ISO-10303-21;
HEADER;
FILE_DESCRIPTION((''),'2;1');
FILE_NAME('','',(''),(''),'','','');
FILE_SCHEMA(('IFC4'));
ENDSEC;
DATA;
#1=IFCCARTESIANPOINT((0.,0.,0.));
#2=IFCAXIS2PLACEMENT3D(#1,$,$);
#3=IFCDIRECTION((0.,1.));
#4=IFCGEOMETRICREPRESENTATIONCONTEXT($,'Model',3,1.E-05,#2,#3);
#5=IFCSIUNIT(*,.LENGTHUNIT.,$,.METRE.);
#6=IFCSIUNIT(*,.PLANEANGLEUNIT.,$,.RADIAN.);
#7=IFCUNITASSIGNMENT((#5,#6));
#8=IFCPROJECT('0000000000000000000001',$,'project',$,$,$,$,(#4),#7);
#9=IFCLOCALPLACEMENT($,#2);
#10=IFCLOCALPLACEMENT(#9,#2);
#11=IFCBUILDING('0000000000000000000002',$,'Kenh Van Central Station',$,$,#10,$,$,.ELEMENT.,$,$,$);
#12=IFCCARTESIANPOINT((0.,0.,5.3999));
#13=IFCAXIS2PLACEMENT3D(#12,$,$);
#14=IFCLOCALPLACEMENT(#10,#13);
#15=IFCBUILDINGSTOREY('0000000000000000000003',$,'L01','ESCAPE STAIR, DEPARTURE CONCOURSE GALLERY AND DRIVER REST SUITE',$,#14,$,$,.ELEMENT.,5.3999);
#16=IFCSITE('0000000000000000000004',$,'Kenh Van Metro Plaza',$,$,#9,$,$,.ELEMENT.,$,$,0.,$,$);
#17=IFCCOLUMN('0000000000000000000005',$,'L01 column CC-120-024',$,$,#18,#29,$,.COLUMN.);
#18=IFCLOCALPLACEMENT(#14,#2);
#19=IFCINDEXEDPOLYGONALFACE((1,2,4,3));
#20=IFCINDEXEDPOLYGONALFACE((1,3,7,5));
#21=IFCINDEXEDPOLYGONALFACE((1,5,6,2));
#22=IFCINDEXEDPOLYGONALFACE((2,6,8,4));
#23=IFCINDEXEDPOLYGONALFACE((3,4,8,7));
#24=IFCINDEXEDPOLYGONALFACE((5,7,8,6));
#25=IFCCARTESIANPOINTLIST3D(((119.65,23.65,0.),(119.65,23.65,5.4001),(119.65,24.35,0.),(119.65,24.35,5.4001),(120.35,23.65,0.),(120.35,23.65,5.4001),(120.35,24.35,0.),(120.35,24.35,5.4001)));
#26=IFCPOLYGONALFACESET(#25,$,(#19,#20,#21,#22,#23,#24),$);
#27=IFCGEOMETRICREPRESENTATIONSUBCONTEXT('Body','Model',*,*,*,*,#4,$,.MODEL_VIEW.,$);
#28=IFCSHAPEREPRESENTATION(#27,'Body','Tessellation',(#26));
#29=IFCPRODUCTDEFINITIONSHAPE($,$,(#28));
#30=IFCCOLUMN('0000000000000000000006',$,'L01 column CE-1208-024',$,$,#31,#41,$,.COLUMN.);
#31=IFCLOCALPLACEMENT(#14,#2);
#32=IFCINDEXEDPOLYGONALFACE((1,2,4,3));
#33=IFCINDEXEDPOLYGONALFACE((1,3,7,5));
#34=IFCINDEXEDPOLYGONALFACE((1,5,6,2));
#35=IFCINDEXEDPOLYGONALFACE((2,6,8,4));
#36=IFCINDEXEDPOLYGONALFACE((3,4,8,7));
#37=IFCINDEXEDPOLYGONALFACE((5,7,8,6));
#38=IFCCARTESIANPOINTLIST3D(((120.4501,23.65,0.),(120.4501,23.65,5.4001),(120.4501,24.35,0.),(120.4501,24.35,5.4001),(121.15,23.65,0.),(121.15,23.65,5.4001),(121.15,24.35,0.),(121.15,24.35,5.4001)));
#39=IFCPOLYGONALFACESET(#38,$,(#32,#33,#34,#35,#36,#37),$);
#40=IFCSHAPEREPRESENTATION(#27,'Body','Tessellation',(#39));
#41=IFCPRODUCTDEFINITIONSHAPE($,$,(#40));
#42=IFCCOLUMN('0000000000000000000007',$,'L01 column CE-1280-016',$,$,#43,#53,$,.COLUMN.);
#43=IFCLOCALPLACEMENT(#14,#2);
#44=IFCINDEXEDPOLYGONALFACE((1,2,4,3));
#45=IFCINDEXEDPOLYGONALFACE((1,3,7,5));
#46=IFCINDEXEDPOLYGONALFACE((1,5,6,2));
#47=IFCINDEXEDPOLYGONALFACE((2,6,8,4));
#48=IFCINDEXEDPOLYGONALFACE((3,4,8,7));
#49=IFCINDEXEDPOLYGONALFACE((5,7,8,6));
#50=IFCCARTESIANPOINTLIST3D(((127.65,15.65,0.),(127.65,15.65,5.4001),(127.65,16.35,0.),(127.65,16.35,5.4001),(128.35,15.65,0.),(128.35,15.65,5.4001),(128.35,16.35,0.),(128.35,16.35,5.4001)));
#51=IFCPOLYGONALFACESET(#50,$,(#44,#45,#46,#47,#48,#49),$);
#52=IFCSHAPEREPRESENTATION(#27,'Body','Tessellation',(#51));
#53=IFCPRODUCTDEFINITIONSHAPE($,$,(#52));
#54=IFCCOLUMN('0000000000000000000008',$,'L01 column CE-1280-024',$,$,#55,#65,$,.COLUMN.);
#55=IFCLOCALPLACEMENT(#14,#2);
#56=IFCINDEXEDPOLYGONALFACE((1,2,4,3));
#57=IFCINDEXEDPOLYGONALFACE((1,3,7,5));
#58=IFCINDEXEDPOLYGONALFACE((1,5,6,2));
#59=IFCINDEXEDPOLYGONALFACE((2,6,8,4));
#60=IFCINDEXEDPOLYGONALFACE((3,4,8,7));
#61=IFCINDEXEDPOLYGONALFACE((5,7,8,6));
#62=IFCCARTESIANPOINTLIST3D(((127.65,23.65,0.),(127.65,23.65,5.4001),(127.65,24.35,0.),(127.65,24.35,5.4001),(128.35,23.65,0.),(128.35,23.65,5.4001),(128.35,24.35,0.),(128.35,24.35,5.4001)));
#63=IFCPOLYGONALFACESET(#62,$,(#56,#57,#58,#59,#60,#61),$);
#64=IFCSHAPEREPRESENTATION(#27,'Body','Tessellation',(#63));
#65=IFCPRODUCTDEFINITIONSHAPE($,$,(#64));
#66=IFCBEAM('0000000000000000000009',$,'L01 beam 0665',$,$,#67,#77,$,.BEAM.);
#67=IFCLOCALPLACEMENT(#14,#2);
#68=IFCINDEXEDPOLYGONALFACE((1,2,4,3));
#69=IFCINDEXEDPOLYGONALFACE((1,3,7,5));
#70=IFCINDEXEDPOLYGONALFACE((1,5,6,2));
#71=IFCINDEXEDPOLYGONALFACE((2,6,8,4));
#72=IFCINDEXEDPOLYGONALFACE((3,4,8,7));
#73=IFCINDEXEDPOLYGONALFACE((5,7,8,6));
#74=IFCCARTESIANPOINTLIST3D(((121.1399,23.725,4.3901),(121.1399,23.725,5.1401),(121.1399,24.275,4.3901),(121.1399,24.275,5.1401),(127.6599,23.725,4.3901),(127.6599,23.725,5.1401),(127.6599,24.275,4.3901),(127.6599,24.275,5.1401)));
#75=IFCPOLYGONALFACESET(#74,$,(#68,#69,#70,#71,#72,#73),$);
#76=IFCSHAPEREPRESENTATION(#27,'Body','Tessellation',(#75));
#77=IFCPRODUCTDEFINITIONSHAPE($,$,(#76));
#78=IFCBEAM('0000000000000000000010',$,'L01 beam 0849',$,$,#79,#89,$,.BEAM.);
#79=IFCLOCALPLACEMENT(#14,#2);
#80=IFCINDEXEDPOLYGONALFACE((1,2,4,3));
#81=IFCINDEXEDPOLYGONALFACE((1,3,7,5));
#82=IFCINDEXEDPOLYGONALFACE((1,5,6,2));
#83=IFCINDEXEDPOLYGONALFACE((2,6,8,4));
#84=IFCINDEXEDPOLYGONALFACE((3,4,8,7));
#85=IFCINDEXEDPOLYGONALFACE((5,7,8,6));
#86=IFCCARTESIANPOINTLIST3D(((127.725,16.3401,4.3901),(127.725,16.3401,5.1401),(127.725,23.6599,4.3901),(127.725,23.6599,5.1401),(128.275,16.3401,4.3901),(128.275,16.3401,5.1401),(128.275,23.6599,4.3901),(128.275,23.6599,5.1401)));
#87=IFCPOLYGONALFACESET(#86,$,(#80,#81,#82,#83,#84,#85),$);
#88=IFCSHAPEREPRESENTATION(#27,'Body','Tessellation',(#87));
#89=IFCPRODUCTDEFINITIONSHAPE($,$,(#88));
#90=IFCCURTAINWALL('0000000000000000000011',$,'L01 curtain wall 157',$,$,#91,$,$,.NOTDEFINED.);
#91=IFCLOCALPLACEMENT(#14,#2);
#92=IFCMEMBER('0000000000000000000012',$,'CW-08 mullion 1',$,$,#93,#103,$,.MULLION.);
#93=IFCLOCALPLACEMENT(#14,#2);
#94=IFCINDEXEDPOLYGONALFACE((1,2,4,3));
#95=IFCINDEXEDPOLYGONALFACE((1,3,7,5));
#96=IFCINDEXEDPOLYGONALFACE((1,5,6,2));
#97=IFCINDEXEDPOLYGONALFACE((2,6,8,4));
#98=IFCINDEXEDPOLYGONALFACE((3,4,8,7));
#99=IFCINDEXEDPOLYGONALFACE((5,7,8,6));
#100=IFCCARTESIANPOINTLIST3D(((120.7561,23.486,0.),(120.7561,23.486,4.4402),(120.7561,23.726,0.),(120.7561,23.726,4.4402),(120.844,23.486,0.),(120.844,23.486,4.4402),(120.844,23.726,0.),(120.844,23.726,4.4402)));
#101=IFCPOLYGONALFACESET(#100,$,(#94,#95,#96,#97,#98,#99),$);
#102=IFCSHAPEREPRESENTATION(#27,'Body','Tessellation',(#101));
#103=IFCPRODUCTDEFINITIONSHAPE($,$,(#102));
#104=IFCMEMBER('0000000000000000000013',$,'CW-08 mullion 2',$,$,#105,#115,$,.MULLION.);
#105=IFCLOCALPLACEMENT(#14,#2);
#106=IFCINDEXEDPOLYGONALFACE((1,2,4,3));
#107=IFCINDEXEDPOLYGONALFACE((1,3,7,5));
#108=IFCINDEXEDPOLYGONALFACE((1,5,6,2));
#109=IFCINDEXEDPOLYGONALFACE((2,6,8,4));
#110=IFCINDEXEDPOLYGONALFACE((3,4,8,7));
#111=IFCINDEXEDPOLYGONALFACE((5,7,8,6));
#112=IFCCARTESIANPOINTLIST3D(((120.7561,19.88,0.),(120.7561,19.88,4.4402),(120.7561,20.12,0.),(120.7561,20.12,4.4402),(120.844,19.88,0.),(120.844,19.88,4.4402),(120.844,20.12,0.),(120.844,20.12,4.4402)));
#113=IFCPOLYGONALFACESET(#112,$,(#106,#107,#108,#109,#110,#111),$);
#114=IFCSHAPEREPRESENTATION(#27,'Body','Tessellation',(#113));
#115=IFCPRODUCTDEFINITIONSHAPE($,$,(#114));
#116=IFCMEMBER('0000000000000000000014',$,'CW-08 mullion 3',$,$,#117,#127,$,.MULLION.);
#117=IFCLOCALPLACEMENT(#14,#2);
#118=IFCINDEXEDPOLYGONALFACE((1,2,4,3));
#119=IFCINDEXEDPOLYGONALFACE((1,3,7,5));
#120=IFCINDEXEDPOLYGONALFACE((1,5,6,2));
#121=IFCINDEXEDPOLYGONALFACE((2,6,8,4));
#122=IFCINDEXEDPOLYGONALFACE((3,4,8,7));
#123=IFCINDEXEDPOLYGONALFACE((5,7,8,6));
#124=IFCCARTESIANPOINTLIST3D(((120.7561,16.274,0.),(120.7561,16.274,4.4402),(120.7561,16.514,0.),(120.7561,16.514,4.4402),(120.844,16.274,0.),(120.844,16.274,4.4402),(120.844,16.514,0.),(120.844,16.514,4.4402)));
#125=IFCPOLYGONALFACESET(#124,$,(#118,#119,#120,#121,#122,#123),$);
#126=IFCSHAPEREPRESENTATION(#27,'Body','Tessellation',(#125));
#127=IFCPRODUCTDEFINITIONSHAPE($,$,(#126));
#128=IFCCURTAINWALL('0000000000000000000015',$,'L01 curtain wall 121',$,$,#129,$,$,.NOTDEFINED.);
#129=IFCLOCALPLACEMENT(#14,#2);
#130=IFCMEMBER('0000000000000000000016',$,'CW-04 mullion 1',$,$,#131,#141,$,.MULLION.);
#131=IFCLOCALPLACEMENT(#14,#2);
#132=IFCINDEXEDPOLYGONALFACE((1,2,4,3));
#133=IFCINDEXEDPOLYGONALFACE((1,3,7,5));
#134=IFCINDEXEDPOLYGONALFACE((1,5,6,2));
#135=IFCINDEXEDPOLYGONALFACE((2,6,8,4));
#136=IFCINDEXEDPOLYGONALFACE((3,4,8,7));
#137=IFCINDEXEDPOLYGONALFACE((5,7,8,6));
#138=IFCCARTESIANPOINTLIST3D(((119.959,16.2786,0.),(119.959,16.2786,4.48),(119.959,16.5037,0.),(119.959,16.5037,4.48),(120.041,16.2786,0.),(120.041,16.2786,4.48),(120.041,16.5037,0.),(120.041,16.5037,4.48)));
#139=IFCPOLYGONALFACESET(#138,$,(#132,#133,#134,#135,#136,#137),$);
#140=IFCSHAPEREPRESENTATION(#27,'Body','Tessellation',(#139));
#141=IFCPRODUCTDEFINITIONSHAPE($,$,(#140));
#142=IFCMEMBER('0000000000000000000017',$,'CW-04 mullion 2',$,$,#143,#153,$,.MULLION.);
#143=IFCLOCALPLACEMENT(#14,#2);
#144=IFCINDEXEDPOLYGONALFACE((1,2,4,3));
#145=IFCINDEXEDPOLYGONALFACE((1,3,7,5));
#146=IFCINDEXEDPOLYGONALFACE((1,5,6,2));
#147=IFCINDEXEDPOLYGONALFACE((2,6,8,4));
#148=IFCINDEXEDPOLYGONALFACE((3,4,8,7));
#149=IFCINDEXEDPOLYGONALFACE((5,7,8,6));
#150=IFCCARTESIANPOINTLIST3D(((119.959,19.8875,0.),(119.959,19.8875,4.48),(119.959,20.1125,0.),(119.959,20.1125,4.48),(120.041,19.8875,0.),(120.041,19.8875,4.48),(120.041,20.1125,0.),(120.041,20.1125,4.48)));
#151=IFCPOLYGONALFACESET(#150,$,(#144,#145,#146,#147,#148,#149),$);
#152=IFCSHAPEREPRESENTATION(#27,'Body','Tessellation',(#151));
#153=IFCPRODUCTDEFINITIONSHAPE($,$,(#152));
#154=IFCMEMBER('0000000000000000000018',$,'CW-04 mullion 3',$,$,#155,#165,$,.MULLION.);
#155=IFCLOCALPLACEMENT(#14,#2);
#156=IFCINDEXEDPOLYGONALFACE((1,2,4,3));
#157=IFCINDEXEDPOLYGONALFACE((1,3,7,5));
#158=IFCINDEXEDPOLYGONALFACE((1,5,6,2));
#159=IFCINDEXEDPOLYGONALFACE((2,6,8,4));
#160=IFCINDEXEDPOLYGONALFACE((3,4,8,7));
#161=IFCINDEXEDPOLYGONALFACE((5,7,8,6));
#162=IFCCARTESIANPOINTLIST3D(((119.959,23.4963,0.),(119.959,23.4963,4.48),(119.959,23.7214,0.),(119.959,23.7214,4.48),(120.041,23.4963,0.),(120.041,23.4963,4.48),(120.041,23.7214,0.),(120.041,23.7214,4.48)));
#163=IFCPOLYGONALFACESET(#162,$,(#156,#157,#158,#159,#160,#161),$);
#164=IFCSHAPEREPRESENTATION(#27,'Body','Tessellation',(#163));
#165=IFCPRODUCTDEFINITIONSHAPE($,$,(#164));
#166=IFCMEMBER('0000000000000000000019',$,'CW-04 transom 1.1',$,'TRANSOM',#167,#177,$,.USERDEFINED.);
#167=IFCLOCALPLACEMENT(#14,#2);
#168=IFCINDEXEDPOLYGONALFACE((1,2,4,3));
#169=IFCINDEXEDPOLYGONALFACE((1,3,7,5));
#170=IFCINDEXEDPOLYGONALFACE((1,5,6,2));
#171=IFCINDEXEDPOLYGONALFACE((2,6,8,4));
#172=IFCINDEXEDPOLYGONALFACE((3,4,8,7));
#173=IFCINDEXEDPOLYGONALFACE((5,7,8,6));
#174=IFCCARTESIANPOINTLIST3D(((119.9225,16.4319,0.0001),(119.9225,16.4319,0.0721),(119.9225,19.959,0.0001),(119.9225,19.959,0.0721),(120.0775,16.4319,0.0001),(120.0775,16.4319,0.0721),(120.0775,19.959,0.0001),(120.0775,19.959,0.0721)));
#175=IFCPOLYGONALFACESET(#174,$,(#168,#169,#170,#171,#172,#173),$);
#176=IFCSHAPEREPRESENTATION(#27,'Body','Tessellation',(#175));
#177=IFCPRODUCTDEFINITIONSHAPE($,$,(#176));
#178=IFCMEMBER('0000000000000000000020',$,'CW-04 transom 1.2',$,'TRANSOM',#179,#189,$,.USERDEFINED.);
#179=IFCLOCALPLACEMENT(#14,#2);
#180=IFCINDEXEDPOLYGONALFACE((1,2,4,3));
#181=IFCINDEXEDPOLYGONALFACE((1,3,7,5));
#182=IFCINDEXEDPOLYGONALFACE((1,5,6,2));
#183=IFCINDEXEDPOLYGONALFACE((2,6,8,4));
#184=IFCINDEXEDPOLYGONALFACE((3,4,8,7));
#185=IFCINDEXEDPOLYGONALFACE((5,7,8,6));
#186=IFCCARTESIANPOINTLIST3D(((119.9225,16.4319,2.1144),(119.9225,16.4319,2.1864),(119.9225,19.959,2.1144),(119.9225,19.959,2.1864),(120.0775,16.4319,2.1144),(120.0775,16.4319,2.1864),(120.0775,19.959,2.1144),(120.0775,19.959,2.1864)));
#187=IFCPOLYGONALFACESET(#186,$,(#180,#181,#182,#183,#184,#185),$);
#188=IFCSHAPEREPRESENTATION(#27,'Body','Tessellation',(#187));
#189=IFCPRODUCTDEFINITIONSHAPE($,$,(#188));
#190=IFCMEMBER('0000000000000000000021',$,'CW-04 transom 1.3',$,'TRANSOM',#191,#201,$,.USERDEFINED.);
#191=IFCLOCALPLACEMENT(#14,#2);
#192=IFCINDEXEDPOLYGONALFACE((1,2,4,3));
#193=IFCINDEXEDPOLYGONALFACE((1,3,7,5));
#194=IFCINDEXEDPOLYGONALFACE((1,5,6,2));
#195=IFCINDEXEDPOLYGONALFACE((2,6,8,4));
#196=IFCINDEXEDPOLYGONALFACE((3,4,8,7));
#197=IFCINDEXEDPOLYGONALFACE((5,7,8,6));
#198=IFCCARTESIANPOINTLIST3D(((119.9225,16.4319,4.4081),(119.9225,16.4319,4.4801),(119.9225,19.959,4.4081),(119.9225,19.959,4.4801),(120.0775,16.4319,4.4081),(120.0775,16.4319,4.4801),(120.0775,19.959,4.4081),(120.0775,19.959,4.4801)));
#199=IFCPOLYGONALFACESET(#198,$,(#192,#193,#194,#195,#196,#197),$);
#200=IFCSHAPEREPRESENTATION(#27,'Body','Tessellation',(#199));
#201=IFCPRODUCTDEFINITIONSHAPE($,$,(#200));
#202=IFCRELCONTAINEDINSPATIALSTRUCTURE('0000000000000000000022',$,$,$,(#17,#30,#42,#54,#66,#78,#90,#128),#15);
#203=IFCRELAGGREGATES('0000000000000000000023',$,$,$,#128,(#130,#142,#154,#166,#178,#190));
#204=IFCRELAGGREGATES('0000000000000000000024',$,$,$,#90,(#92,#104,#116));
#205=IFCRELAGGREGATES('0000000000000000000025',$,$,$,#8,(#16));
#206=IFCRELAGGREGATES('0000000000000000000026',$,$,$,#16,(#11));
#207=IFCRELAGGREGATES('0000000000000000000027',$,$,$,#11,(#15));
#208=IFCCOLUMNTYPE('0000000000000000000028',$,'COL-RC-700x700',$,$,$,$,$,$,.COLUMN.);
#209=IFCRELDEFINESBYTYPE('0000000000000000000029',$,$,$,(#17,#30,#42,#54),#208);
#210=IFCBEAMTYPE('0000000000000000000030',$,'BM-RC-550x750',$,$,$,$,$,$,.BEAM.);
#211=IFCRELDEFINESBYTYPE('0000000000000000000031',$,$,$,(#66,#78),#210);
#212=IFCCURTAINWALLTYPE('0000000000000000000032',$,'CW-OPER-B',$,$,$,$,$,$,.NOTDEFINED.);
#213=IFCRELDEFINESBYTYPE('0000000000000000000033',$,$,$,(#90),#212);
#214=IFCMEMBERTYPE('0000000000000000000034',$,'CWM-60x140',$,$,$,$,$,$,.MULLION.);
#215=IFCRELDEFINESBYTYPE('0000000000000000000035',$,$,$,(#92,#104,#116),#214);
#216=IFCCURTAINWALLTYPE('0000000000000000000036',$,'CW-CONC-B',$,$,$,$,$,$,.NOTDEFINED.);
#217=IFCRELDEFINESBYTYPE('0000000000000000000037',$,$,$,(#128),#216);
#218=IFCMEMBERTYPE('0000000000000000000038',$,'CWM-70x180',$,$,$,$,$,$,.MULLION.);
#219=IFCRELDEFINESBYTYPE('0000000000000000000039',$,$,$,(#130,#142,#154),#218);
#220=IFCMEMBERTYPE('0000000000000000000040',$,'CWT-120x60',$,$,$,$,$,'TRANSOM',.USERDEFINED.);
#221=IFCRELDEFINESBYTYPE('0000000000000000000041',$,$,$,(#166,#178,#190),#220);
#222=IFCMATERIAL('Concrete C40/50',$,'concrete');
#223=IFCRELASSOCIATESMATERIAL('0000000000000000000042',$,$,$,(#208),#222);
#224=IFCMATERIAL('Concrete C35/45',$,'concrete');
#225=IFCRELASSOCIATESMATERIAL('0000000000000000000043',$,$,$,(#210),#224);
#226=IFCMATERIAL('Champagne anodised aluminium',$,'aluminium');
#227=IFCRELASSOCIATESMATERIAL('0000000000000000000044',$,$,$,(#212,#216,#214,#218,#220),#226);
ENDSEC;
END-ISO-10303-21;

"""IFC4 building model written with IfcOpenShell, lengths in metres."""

from ifc_helpers import new_model, si_unit, direction, frame, origin, origin_2d, place, context, subcontext, project, spatial, rectangle, extrude, material, material_profile, profile_set, type_object, element, aggregate, save


model = new_model("IFC4")

# Units and contexts
model_context = context("Model", 3, precision=1e-05, world=origin(), true_north=direction((0.0, 1.0)))
body_context = subcontext(model_context, "Body", "Model", "MODEL_VIEW")
ifc_project = project(units=[si_unit("LENGTHUNIT", "METRE"), si_unit("PLANEANGLEUNIT", "RADIAN")], contexts=[model_context])

# Site, building, storey
site_placement = place(None, origin())
site = spatial("IfcSite", under=ifc_project, at=site_placement, Name="Kenh Van Metro Plaza", CompositionType="ELEMENT", RefElevation=0.0)
building_placement = place(site_placement, origin())
building = spatial("IfcBuilding", under=site, at=building_placement, Name="Kenh Van Central Station", CompositionType="ELEMENT")
storey_placement = place(building_placement, frame((0.0, 0.0, 5.3999)))
storey = spatial("IfcBuildingStorey", under=building, at=storey_placement, Name="L01", Description="ESCAPE STAIR, DEPARTURE CONCOURSE GALLERY AND DRIVER REST SUITE", CompositionType="ELEMENT", Elevation=5.3999)

# Columns
ifc_material_1 = material(Name="Concrete C40/50", Category="concrete")
ifc_material_profile_1 = material_profile(ifc_material_1, rectangle(XDim=0.7, YDim=0.7, at=origin_2d()), Name="RC 700x700")
ifc_profile_set_1 = profile_set([ifc_material_profile_1], Name="Concrete C40/50")
column_type = type_object("IfcColumnType", Name="COL-RC-700x700", PredefinedType="COLUMN", material=ifc_profile_set_1)
for number, where, z_axis, x_axis, name in (
    (1, (120.0, 24.0, 0.0), (0.0, 0.0, 1.0), (1.0, 0.0, 0.0), "L01 column CC-120-024"),
    (2, (120.8, 24.0, 0.0), (0.0, 0.0, 1.0), (1.0, 0.0, 0.0), "L01 column CE-1208-024"),
    (3, (128.0, 16.0, 0.0), (0.0, 0.0, 1.0), (1.0, 0.0, 0.0), "L01 column CE-1280-016"),
    (4, (128.0, 24.0, 0.0), (0.0, 0.0, 1.0), (1.0, 0.0, 0.0), "L01 column CE-1280-024"),
):
    element("IfcColumn", number, at=place(storey_placement, frame(where, z_axis=z_axis, x_axis=x_axis)), inside=storey, type_object=column_type, Name=name, PredefinedType="COLUMN", context=body_context, shape_type="SweptSolid", body=[
        extrude(rectangle(XDim=0.7, YDim=0.7, at=origin_2d()), origin(), (0.0, 0.0, 1.0), 5.4001),
    ])

# Beams
ifc_material_2 = material(Name="Concrete C35/45", Category="concrete")
ifc_material_profile_2 = material_profile(ifc_material_2, rectangle(XDim=0.55, YDim=0.75, at=origin_2d()), Name="RC 550x750")
ifc_profile_set_2 = profile_set([ifc_material_profile_2], Name="Concrete C35/45")
beam_type_1 = type_object("IfcBeamType", Name="BM-RC-550x750", PredefinedType="BEAM", material=ifc_profile_set_2)
beam_1_placement = place(storey_placement, frame((121.1399, 24.0, 4.7651), z_axis=(1.0, 0.0, 0.0), x_axis=(0.0, 1.0, 0.0)))
element("IfcBeam", 5, at=beam_1_placement, inside=storey, type_object=beam_type_1, Name="L01 beam 0665", PredefinedType="BEAM", context=body_context, shape_type="SweptSolid", body=[
    extrude(rectangle(XDim=0.55, YDim=0.75, at=origin_2d()), origin(), (0.0, 0.0, 1.0), 6.52),
])
beam_2_placement = place(storey_placement, frame((128.0, 16.3401, 4.7651), z_axis=(0.0, 1.0, 0.0), x_axis=(-1.0, 0.0, 0.0)))
element("IfcBeam", 6, at=beam_2_placement, inside=storey, type_object=beam_type_1, Name="L01 beam 0849", PredefinedType="BEAM", context=body_context, shape_type="SweptSolid", body=[
    extrude(rectangle(XDim=0.55, YDim=0.75, at=origin_2d()), origin(), (0.0, 0.0, 1.0), 7.3198),
])

# Curtain walls, members
ifc_material_3 = material(Name="Champagne anodised aluminium", Category="aluminium")
curtain_wall_type_1 = type_object("IfcCurtainWallType", Name="CW-OPER-B", PredefinedType="NOTDEFINED", material=ifc_material_3)
curtain_wall_1_placement = place(storey_placement, origin())
curtain_wall_1 = element("IfcCurtainWall", 7, at=curtain_wall_1_placement, inside=storey, type_object=curtain_wall_type_1, Name="L01 curtain wall 157", PredefinedType="NOTDEFINED")
ifc_material_profile_3 = material_profile(ifc_material_3, rectangle(XDim=0.0879, YDim=0.24, at=origin_2d()), Name="AL 88x240")
ifc_profile_set_3 = profile_set([ifc_material_profile_3], Name="Champagne anodised aluminium")
member_type_1 = type_object("IfcMemberType", Name="CWM-60x140", PredefinedType="MULLION", material=ifc_profile_set_3)
member_1_placement = place(storey_placement, frame((120.8, 23.606, 0.0), z_axis=(0.0, 0.0, 1.0), x_axis=(1.0, 0.0, 0.0)))
member_1 = element("IfcMember", 8, at=member_1_placement, type_object=member_type_1, Name="CW-08 mullion 1", PredefinedType="MULLION", context=body_context, shape_type="SweptSolid", body=[
    extrude(rectangle(XDim=0.0879, YDim=0.24, at=origin_2d()), origin(), (0.0, 0.0, 1.0), 4.4402),
])
member_2_placement = place(storey_placement, frame((120.8, 20.0, 0.0), z_axis=(0.0, 0.0, 1.0), x_axis=(1.0, 0.0, 0.0)))
member_2 = element("IfcMember", 9, at=member_2_placement, type_object=member_type_1, Name="CW-08 mullion 2", PredefinedType="MULLION", context=body_context, shape_type="SweptSolid", body=[
    extrude(rectangle(XDim=0.0879, YDim=0.24, at=origin_2d()), origin(), (0.0, 0.0, 1.0), 4.4402),
])
member_3_placement = place(storey_placement, frame((120.8, 16.394, 0.0), z_axis=(0.0, 0.0, 1.0), x_axis=(1.0, 0.0, 0.0)))
member_3 = element("IfcMember", 10, at=member_3_placement, type_object=member_type_1, Name="CW-08 mullion 3", PredefinedType="MULLION", context=body_context, shape_type="SweptSolid", body=[
    extrude(rectangle(XDim=0.0879, YDim=0.24, at=origin_2d()), origin(), (0.0, 0.0, 1.0), 4.4402),
])
curtain_wall_type_2 = type_object("IfcCurtainWallType", Name="CW-CONC-B", PredefinedType="NOTDEFINED", material=ifc_material_3)
curtain_wall_2_placement = place(storey_placement, origin())
curtain_wall_2 = element("IfcCurtainWall", 11, at=curtain_wall_2_placement, inside=storey, type_object=curtain_wall_type_2, Name="L01 curtain wall 121", PredefinedType="NOTDEFINED")
ifc_material_profile_4 = material_profile(ifc_material_3, rectangle(XDim=0.082, YDim=0.2251, at=origin_2d()), Name="AL 82x225")
ifc_profile_set_4 = profile_set([ifc_material_profile_4], Name="Champagne anodised aluminium")
member_type_2 = type_object("IfcMemberType", Name="CWM-70x180", PredefinedType="MULLION", material=ifc_profile_set_4)
member_4_placement = place(storey_placement, frame((120.0, 16.3911, 0.0), z_axis=(0.0, 0.0, 1.0), x_axis=(-1.0, 0.0, 0.0)))
member_4 = element("IfcMember", 12, at=member_4_placement, type_object=member_type_2, Name="CW-04 mullion 1", PredefinedType="MULLION", context=body_context, shape_type="SweptSolid", body=[
    extrude(rectangle(XDim=0.082, YDim=0.2251, at=origin_2d()), origin(), (0.0, 0.0, 1.0), 4.48),
])
member_5_placement = place(storey_placement, frame((120.0, 20.0, 0.0), z_axis=(0.0, 0.0, 1.0), x_axis=(-1.0, 0.0, 0.0)))
member_5 = element("IfcMember", 13, at=member_5_placement, type_object=member_type_2, Name="CW-04 mullion 2", PredefinedType="MULLION", context=body_context, shape_type="SweptSolid", body=[
    extrude(rectangle(XDim=0.082, YDim=0.2251, at=origin_2d()), origin(), (0.0, 0.0, 1.0), 4.48),
])
member_6_placement = place(storey_placement, frame((120.0, 23.6089, 0.0), z_axis=(0.0, 0.0, 1.0), x_axis=(-1.0, 0.0, 0.0)))
member_6 = element("IfcMember", 14, at=member_6_placement, type_object=member_type_2, Name="CW-04 mullion 3", PredefinedType="MULLION", context=body_context, shape_type="SweptSolid", body=[
    extrude(rectangle(XDim=0.082, YDim=0.2251, at=origin_2d()), origin(), (0.0, 0.0, 1.0), 4.48),
])
ifc_material_profile_5 = material_profile(ifc_material_3, rectangle(XDim=0.155, YDim=0.072, at=origin_2d()), Name="AL 155x72")
ifc_profile_set_5 = profile_set([ifc_material_profile_5], Name="Champagne anodised aluminium")
member_type_3 = type_object("IfcMemberType", Name="CWT-120x60", ElementType="TRANSOM", PredefinedType="USERDEFINED", material=ifc_profile_set_5)
member_7_placement = place(storey_placement, frame((120.0, 16.4319, 0.0361), z_axis=(0.0, 1.0, 0.0), x_axis=(-1.0, 0.0, 0.0)))
member_7 = element("IfcMember", 15, at=member_7_placement, type_object=member_type_3, Name="CW-04 transom 1.1", ObjectType="TRANSOM", PredefinedType="USERDEFINED", context=body_context, shape_type="SweptSolid", body=[
    extrude(rectangle(XDim=0.155, YDim=0.072, at=origin_2d()), origin(), (0.0, 0.0, 1.0), 3.5271),
])
member_8_placement = place(storey_placement, frame((120.0, 16.4319, 2.1504), z_axis=(0.0, 1.0, 0.0), x_axis=(-1.0, 0.0, 0.0)))
member_8 = element("IfcMember", 16, at=member_8_placement, type_object=member_type_3, Name="CW-04 transom 1.2", ObjectType="TRANSOM", PredefinedType="USERDEFINED", context=body_context, shape_type="SweptSolid", body=[
    extrude(rectangle(XDim=0.155, YDim=0.072, at=origin_2d()), origin(), (0.0, 0.0, 1.0), 3.5271),
])
member_9_placement = place(storey_placement, frame((120.0, 16.4319, 4.4441), z_axis=(0.0, 1.0, 0.0), x_axis=(-1.0, 0.0, 0.0)))
member_9 = element("IfcMember", 17, at=member_9_placement, type_object=member_type_3, Name="CW-04 transom 1.3", ObjectType="TRANSOM", PredefinedType="USERDEFINED", context=body_context, shape_type="SweptSolid", body=[
    extrude(rectangle(XDim=0.155, YDim=0.072, at=origin_2d()), origin(), (0.0, 0.0, 1.0), 3.5271),
])

aggregate(curtain_wall_2, [member_4, member_5, member_6, member_7, member_8, member_9])
aggregate(curtain_wall_1, [member_1, member_2, member_3])

save(model, "model.ifc")
